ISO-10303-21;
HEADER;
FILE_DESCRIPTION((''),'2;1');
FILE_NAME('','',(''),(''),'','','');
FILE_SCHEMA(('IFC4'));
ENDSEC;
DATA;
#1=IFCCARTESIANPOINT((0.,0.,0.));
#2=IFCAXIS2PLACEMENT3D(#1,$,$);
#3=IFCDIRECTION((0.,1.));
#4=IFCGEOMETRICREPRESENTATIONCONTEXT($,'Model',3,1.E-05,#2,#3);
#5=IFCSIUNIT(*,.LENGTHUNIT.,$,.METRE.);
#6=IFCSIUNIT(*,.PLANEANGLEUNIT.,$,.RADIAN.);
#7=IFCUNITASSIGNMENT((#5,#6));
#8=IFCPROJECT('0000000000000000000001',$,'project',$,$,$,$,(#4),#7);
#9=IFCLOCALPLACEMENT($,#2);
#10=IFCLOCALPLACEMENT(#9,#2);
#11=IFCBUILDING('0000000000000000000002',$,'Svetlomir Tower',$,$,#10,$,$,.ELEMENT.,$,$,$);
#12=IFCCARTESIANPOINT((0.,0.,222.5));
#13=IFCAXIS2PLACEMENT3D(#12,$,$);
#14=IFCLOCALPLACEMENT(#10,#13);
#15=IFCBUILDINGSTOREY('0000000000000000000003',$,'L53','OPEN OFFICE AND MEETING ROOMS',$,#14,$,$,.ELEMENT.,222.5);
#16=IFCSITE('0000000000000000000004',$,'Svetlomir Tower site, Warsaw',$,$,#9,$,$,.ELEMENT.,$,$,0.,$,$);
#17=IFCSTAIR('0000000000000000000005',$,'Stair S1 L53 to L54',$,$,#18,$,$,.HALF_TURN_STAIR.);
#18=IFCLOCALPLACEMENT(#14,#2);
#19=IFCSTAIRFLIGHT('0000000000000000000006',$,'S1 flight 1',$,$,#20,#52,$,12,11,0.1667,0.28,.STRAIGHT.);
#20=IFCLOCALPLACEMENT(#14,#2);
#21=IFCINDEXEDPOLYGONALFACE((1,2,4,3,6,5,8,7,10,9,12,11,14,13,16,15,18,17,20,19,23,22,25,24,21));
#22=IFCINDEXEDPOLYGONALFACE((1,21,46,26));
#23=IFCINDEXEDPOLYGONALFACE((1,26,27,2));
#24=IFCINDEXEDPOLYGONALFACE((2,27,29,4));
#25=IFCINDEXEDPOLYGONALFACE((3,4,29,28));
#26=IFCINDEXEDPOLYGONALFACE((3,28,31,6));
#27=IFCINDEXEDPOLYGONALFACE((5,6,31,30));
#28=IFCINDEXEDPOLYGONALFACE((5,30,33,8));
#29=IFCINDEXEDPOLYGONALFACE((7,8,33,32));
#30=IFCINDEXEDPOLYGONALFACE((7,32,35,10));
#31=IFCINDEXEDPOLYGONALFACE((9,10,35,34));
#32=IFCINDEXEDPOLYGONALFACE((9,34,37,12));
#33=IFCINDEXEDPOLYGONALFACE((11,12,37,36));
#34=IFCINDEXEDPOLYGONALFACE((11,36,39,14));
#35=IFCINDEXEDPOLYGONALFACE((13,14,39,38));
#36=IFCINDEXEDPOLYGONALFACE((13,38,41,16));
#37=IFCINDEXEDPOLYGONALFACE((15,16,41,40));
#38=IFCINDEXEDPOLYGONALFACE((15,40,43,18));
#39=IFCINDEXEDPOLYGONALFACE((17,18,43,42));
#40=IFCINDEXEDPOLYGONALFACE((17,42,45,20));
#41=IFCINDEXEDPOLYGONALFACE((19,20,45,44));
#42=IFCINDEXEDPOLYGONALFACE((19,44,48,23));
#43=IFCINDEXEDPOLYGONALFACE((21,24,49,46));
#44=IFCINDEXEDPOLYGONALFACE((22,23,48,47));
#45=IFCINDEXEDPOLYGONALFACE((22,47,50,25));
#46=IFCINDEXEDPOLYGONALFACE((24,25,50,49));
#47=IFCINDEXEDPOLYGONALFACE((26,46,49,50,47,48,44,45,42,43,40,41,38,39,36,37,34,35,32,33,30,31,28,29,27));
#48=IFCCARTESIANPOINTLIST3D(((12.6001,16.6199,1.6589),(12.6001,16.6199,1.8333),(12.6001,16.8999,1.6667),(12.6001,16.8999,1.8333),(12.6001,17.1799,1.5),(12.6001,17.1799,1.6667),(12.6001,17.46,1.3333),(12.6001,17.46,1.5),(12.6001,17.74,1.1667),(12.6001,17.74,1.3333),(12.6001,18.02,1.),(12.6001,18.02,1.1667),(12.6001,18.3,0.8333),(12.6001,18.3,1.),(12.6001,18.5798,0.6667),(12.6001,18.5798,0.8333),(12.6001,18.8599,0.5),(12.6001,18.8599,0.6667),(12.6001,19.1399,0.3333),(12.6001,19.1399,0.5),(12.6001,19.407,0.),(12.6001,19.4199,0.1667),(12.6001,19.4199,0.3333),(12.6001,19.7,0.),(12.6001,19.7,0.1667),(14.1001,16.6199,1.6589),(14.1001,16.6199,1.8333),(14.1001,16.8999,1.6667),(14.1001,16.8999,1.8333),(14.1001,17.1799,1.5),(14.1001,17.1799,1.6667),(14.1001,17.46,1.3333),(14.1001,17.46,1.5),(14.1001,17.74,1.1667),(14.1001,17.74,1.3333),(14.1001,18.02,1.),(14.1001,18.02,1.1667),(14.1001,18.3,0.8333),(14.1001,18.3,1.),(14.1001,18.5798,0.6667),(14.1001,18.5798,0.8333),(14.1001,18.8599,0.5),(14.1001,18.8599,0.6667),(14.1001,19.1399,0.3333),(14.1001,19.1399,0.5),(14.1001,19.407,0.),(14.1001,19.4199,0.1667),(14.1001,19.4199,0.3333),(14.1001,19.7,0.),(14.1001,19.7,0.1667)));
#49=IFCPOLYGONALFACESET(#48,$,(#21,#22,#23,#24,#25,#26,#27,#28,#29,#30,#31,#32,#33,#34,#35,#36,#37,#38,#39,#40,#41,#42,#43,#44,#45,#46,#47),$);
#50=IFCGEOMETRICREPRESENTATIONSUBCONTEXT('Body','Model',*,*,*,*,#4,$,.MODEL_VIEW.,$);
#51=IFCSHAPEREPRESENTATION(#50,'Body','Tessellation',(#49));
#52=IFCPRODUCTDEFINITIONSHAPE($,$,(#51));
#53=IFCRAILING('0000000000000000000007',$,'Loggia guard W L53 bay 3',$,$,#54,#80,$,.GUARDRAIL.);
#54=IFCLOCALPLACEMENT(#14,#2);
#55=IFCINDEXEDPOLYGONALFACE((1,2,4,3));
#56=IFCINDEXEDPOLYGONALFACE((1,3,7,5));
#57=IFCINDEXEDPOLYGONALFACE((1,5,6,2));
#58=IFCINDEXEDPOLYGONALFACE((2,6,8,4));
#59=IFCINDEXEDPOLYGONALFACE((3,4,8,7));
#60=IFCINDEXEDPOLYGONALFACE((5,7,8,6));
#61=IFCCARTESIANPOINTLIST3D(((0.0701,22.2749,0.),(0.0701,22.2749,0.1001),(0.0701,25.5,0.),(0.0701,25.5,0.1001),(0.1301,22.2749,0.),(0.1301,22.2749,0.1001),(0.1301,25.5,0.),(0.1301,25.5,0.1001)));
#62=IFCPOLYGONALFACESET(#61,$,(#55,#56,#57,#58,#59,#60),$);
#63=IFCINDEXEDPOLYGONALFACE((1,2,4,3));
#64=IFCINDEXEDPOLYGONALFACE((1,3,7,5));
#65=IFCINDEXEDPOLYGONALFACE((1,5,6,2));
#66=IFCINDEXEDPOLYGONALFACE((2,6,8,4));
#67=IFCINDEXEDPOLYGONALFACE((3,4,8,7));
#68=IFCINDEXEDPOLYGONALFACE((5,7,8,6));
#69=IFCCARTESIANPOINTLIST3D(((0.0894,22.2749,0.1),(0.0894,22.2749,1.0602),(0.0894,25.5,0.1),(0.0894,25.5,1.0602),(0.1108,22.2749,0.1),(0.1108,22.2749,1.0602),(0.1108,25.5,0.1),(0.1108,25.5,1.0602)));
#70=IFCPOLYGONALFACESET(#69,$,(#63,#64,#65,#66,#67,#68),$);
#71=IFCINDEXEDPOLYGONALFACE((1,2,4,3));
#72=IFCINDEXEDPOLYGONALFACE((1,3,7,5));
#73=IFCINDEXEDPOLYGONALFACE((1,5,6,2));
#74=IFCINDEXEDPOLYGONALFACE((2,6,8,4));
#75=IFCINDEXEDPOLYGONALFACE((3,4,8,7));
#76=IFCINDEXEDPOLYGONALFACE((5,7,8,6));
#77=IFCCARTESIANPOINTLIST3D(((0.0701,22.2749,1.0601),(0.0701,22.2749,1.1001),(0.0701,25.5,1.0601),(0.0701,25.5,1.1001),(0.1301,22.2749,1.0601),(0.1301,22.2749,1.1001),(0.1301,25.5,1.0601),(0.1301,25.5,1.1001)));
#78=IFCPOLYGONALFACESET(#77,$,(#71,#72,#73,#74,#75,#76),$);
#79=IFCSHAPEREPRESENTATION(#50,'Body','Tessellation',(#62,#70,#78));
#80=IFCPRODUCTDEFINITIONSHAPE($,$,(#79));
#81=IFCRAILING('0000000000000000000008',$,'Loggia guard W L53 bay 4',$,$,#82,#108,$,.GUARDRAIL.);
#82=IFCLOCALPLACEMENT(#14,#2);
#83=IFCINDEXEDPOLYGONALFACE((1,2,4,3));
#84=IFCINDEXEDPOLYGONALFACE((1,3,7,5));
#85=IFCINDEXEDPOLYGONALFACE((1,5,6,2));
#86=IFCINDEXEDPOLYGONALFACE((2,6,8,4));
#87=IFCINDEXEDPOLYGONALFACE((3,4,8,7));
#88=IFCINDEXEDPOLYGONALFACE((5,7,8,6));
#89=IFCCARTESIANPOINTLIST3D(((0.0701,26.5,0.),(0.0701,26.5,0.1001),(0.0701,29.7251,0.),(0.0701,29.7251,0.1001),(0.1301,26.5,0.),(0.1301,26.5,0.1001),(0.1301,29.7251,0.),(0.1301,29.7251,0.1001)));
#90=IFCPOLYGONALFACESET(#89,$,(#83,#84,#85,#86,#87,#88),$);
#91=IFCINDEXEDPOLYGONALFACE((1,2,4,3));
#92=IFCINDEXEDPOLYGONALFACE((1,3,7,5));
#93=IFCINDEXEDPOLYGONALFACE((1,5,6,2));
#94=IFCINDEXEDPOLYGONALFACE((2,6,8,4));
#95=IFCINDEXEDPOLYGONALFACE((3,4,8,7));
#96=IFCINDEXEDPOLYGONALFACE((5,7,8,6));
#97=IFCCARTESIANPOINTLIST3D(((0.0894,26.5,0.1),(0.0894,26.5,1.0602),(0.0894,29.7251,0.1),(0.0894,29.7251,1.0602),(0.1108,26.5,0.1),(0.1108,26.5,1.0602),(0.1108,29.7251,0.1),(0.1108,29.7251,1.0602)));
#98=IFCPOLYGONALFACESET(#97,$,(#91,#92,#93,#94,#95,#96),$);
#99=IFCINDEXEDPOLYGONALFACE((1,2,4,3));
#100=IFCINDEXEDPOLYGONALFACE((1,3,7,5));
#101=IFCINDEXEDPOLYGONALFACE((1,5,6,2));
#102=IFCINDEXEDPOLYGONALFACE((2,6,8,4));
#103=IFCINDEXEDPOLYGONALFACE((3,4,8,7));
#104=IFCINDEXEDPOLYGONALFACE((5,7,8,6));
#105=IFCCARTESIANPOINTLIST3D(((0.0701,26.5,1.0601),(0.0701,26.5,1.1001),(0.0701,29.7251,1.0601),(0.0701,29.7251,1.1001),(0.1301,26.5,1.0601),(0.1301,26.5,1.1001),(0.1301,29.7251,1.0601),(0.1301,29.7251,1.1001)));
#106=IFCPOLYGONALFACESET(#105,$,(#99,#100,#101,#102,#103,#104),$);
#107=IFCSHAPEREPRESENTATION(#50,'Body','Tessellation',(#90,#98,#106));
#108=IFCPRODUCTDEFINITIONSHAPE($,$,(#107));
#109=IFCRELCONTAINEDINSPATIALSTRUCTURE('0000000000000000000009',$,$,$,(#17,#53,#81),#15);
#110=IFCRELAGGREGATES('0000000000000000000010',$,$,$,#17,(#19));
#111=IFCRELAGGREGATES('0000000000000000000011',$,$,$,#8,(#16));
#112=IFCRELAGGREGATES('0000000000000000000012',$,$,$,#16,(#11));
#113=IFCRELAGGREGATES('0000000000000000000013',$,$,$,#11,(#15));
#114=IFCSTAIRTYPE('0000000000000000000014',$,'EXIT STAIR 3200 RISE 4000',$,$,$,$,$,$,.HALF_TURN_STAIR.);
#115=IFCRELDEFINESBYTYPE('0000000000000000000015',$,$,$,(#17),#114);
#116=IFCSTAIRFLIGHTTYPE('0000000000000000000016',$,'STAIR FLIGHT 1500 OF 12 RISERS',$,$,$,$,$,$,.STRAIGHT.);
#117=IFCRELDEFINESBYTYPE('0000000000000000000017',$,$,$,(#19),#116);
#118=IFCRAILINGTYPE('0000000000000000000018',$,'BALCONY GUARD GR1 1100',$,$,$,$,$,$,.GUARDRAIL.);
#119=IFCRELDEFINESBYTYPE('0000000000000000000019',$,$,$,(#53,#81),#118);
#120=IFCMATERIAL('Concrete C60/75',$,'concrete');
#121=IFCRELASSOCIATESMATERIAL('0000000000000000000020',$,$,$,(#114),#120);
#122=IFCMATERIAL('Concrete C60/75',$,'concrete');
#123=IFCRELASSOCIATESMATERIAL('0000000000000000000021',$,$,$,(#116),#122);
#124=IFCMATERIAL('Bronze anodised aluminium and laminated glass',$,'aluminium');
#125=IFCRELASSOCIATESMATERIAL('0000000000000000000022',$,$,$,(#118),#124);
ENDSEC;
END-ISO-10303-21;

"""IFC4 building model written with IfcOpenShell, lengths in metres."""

from ifc_helpers import new_model, si_unit, direction, frame, origin, origin_2d, place, context, subcontext, project, spatial, polyline, rectangle, outline, extrude, material, type_object, element, aggregate, save


model = new_model("IFC4")

# Units and contexts
model_context = context("Model", 3, precision=1e-05, world=origin(), true_north=direction((0.0, 1.0)))
body_context = subcontext(model_context, "Body", "Model", "MODEL_VIEW")
ifc_project = project(units=[si_unit("LENGTHUNIT", "METRE"), si_unit("PLANEANGLEUNIT", "RADIAN")], contexts=[model_context])

# Site, building, storey
site_placement = place(None, origin())
site = spatial("IfcSite", under=ifc_project, at=site_placement, Name="Svetlomir Tower site, Warsaw", CompositionType="ELEMENT", RefElevation=0.0)
building_placement = place(site_placement, origin())
building = spatial("IfcBuilding", under=site, at=building_placement, Name="Svetlomir Tower", CompositionType="ELEMENT")
storey_placement = place(building_placement, frame((0.0, 0.0, 222.5)))
storey = spatial("IfcBuildingStorey", under=building, at=storey_placement, Name="L53", Description="OPEN OFFICE AND MEETING ROOMS", CompositionType="ELEMENT", Elevation=222.5)

# Stair, stair flight
ifc_material_1 = material(Name="Concrete C60/75", Category="concrete")
stair_type = type_object("IfcStairType", Name="EXIT STAIR 3200 RISE 4000", PredefinedType="HALF_TURN_STAIR", material=ifc_material_1)
stair_placement = place(storey_placement, origin())
stair = element("IfcStair", 1, at=stair_placement, inside=storey, type_object=stair_type, Name="Stair S1 L53 to L54", PredefinedType="HALF_TURN_STAIR")
ifc_material_2 = material(Name="Concrete C60/75", Category="concrete")
stair_flight_type = type_object("IfcStairFlightType", Name="STAIR FLIGHT 1500 OF 12 RISERS", PredefinedType="STRAIGHT", material=ifc_material_2)
stair_flight_placement = place(storey_placement, frame((13.3501, 19.7, 0.0), z_axis=(0.0, 0.0, 1.0), x_axis=(0.0, -1.0, 0.0)))
stair_flight = element("IfcStairFlight", 2, at=stair_flight_placement, type_object=stair_flight_type, Name="S1 flight 1", NumberOfRisers=12, NumberOfTreads=11, PredefinedType="STRAIGHT", RiserHeight=0.1667, TreadLength=0.28, context=body_context, shape_type="SweptSolid", body=[
    extrude(outline(polyline([(0.0, 0.0), (0.0, 0.1667), (0.28, 0.1667), (0.28, 0.3333), (0.5601, 0.3333), (0.5601, 0.5), (0.8401, 0.5), (0.8401, 0.6667), (1.1201, 0.6667), (1.1201, 0.8333), (1.3999, 0.8333), (1.3999, 1.0), (1.6799, 1.0), (1.6799, 1.1667), (1.96, 1.1667), (1.96, 1.3333), (2.24, 1.3333), (2.24, 1.5), (2.52, 1.5), (2.52, 1.6667), (2.8, 1.6667), (2.8, 1.8333), (3.0801, 1.8333), (3.0801, 2.0), (3.0801, 1.6589), (0.293, 0.0), (0.0, 0.0)])), frame((0.0, 0.75, 0.0), z_axis=(0.0, -1.0, 0.0), x_axis=(1.0, 0.0, 0.0)), (0.0, 0.0, 1.0), 1.5),
])
aggregate(stair, [stair_flight])

# Railings
ifc_material_3 = material(Name="Bronze anodised aluminium and laminated glass", Category="aluminium")
railing_type_1 = type_object("IfcRailingType", Name="BALCONY GUARD GR1 1100", PredefinedType="GUARDRAIL", material=ifc_material_3)
for number, where, name in (
    (3, (0.1001, 22.2749, 0.0), "Loggia guard W L53 bay 3"),
    (4, (0.1001, 26.5, 0.0), "Loggia guard W L53 bay 4"),
):
    element("IfcRailing", number, at=place(storey_placement, frame(where)), inside=storey, type_object=railing_type_1, Name=name, PredefinedType="GUARDRAIL", context=body_context, shape_type="SweptSolid", body=[
        extrude(rectangle(XDim=0.0601, YDim=0.1001, at=origin_2d()), frame((0.0, 0.0, 0.05), z_axis=(0.0, 1.0, 0.0), x_axis=(-1.0, 0.0, 0.0)), (0.0, 0.0, 1.0), 3.2251),
        extrude(rectangle(XDim=0.0215, YDim=0.9602, at=origin_2d()), frame((0.0, 0.0, 0.5801), z_axis=(0.0, 1.0, 0.0), x_axis=(-1.0, 0.0, 0.0)), (0.0, 0.0, 1.0), 3.2251),
        extrude(rectangle(XDim=0.0601, YDim=0.04, at=origin_2d()), frame((0.0, 0.0, 1.0801), z_axis=(0.0, 1.0, 0.0), x_axis=(-1.0, 0.0, 0.0)), (0.0, 0.0, 1.0), 3.2251),
    ])

save(model, "model.ifc")
